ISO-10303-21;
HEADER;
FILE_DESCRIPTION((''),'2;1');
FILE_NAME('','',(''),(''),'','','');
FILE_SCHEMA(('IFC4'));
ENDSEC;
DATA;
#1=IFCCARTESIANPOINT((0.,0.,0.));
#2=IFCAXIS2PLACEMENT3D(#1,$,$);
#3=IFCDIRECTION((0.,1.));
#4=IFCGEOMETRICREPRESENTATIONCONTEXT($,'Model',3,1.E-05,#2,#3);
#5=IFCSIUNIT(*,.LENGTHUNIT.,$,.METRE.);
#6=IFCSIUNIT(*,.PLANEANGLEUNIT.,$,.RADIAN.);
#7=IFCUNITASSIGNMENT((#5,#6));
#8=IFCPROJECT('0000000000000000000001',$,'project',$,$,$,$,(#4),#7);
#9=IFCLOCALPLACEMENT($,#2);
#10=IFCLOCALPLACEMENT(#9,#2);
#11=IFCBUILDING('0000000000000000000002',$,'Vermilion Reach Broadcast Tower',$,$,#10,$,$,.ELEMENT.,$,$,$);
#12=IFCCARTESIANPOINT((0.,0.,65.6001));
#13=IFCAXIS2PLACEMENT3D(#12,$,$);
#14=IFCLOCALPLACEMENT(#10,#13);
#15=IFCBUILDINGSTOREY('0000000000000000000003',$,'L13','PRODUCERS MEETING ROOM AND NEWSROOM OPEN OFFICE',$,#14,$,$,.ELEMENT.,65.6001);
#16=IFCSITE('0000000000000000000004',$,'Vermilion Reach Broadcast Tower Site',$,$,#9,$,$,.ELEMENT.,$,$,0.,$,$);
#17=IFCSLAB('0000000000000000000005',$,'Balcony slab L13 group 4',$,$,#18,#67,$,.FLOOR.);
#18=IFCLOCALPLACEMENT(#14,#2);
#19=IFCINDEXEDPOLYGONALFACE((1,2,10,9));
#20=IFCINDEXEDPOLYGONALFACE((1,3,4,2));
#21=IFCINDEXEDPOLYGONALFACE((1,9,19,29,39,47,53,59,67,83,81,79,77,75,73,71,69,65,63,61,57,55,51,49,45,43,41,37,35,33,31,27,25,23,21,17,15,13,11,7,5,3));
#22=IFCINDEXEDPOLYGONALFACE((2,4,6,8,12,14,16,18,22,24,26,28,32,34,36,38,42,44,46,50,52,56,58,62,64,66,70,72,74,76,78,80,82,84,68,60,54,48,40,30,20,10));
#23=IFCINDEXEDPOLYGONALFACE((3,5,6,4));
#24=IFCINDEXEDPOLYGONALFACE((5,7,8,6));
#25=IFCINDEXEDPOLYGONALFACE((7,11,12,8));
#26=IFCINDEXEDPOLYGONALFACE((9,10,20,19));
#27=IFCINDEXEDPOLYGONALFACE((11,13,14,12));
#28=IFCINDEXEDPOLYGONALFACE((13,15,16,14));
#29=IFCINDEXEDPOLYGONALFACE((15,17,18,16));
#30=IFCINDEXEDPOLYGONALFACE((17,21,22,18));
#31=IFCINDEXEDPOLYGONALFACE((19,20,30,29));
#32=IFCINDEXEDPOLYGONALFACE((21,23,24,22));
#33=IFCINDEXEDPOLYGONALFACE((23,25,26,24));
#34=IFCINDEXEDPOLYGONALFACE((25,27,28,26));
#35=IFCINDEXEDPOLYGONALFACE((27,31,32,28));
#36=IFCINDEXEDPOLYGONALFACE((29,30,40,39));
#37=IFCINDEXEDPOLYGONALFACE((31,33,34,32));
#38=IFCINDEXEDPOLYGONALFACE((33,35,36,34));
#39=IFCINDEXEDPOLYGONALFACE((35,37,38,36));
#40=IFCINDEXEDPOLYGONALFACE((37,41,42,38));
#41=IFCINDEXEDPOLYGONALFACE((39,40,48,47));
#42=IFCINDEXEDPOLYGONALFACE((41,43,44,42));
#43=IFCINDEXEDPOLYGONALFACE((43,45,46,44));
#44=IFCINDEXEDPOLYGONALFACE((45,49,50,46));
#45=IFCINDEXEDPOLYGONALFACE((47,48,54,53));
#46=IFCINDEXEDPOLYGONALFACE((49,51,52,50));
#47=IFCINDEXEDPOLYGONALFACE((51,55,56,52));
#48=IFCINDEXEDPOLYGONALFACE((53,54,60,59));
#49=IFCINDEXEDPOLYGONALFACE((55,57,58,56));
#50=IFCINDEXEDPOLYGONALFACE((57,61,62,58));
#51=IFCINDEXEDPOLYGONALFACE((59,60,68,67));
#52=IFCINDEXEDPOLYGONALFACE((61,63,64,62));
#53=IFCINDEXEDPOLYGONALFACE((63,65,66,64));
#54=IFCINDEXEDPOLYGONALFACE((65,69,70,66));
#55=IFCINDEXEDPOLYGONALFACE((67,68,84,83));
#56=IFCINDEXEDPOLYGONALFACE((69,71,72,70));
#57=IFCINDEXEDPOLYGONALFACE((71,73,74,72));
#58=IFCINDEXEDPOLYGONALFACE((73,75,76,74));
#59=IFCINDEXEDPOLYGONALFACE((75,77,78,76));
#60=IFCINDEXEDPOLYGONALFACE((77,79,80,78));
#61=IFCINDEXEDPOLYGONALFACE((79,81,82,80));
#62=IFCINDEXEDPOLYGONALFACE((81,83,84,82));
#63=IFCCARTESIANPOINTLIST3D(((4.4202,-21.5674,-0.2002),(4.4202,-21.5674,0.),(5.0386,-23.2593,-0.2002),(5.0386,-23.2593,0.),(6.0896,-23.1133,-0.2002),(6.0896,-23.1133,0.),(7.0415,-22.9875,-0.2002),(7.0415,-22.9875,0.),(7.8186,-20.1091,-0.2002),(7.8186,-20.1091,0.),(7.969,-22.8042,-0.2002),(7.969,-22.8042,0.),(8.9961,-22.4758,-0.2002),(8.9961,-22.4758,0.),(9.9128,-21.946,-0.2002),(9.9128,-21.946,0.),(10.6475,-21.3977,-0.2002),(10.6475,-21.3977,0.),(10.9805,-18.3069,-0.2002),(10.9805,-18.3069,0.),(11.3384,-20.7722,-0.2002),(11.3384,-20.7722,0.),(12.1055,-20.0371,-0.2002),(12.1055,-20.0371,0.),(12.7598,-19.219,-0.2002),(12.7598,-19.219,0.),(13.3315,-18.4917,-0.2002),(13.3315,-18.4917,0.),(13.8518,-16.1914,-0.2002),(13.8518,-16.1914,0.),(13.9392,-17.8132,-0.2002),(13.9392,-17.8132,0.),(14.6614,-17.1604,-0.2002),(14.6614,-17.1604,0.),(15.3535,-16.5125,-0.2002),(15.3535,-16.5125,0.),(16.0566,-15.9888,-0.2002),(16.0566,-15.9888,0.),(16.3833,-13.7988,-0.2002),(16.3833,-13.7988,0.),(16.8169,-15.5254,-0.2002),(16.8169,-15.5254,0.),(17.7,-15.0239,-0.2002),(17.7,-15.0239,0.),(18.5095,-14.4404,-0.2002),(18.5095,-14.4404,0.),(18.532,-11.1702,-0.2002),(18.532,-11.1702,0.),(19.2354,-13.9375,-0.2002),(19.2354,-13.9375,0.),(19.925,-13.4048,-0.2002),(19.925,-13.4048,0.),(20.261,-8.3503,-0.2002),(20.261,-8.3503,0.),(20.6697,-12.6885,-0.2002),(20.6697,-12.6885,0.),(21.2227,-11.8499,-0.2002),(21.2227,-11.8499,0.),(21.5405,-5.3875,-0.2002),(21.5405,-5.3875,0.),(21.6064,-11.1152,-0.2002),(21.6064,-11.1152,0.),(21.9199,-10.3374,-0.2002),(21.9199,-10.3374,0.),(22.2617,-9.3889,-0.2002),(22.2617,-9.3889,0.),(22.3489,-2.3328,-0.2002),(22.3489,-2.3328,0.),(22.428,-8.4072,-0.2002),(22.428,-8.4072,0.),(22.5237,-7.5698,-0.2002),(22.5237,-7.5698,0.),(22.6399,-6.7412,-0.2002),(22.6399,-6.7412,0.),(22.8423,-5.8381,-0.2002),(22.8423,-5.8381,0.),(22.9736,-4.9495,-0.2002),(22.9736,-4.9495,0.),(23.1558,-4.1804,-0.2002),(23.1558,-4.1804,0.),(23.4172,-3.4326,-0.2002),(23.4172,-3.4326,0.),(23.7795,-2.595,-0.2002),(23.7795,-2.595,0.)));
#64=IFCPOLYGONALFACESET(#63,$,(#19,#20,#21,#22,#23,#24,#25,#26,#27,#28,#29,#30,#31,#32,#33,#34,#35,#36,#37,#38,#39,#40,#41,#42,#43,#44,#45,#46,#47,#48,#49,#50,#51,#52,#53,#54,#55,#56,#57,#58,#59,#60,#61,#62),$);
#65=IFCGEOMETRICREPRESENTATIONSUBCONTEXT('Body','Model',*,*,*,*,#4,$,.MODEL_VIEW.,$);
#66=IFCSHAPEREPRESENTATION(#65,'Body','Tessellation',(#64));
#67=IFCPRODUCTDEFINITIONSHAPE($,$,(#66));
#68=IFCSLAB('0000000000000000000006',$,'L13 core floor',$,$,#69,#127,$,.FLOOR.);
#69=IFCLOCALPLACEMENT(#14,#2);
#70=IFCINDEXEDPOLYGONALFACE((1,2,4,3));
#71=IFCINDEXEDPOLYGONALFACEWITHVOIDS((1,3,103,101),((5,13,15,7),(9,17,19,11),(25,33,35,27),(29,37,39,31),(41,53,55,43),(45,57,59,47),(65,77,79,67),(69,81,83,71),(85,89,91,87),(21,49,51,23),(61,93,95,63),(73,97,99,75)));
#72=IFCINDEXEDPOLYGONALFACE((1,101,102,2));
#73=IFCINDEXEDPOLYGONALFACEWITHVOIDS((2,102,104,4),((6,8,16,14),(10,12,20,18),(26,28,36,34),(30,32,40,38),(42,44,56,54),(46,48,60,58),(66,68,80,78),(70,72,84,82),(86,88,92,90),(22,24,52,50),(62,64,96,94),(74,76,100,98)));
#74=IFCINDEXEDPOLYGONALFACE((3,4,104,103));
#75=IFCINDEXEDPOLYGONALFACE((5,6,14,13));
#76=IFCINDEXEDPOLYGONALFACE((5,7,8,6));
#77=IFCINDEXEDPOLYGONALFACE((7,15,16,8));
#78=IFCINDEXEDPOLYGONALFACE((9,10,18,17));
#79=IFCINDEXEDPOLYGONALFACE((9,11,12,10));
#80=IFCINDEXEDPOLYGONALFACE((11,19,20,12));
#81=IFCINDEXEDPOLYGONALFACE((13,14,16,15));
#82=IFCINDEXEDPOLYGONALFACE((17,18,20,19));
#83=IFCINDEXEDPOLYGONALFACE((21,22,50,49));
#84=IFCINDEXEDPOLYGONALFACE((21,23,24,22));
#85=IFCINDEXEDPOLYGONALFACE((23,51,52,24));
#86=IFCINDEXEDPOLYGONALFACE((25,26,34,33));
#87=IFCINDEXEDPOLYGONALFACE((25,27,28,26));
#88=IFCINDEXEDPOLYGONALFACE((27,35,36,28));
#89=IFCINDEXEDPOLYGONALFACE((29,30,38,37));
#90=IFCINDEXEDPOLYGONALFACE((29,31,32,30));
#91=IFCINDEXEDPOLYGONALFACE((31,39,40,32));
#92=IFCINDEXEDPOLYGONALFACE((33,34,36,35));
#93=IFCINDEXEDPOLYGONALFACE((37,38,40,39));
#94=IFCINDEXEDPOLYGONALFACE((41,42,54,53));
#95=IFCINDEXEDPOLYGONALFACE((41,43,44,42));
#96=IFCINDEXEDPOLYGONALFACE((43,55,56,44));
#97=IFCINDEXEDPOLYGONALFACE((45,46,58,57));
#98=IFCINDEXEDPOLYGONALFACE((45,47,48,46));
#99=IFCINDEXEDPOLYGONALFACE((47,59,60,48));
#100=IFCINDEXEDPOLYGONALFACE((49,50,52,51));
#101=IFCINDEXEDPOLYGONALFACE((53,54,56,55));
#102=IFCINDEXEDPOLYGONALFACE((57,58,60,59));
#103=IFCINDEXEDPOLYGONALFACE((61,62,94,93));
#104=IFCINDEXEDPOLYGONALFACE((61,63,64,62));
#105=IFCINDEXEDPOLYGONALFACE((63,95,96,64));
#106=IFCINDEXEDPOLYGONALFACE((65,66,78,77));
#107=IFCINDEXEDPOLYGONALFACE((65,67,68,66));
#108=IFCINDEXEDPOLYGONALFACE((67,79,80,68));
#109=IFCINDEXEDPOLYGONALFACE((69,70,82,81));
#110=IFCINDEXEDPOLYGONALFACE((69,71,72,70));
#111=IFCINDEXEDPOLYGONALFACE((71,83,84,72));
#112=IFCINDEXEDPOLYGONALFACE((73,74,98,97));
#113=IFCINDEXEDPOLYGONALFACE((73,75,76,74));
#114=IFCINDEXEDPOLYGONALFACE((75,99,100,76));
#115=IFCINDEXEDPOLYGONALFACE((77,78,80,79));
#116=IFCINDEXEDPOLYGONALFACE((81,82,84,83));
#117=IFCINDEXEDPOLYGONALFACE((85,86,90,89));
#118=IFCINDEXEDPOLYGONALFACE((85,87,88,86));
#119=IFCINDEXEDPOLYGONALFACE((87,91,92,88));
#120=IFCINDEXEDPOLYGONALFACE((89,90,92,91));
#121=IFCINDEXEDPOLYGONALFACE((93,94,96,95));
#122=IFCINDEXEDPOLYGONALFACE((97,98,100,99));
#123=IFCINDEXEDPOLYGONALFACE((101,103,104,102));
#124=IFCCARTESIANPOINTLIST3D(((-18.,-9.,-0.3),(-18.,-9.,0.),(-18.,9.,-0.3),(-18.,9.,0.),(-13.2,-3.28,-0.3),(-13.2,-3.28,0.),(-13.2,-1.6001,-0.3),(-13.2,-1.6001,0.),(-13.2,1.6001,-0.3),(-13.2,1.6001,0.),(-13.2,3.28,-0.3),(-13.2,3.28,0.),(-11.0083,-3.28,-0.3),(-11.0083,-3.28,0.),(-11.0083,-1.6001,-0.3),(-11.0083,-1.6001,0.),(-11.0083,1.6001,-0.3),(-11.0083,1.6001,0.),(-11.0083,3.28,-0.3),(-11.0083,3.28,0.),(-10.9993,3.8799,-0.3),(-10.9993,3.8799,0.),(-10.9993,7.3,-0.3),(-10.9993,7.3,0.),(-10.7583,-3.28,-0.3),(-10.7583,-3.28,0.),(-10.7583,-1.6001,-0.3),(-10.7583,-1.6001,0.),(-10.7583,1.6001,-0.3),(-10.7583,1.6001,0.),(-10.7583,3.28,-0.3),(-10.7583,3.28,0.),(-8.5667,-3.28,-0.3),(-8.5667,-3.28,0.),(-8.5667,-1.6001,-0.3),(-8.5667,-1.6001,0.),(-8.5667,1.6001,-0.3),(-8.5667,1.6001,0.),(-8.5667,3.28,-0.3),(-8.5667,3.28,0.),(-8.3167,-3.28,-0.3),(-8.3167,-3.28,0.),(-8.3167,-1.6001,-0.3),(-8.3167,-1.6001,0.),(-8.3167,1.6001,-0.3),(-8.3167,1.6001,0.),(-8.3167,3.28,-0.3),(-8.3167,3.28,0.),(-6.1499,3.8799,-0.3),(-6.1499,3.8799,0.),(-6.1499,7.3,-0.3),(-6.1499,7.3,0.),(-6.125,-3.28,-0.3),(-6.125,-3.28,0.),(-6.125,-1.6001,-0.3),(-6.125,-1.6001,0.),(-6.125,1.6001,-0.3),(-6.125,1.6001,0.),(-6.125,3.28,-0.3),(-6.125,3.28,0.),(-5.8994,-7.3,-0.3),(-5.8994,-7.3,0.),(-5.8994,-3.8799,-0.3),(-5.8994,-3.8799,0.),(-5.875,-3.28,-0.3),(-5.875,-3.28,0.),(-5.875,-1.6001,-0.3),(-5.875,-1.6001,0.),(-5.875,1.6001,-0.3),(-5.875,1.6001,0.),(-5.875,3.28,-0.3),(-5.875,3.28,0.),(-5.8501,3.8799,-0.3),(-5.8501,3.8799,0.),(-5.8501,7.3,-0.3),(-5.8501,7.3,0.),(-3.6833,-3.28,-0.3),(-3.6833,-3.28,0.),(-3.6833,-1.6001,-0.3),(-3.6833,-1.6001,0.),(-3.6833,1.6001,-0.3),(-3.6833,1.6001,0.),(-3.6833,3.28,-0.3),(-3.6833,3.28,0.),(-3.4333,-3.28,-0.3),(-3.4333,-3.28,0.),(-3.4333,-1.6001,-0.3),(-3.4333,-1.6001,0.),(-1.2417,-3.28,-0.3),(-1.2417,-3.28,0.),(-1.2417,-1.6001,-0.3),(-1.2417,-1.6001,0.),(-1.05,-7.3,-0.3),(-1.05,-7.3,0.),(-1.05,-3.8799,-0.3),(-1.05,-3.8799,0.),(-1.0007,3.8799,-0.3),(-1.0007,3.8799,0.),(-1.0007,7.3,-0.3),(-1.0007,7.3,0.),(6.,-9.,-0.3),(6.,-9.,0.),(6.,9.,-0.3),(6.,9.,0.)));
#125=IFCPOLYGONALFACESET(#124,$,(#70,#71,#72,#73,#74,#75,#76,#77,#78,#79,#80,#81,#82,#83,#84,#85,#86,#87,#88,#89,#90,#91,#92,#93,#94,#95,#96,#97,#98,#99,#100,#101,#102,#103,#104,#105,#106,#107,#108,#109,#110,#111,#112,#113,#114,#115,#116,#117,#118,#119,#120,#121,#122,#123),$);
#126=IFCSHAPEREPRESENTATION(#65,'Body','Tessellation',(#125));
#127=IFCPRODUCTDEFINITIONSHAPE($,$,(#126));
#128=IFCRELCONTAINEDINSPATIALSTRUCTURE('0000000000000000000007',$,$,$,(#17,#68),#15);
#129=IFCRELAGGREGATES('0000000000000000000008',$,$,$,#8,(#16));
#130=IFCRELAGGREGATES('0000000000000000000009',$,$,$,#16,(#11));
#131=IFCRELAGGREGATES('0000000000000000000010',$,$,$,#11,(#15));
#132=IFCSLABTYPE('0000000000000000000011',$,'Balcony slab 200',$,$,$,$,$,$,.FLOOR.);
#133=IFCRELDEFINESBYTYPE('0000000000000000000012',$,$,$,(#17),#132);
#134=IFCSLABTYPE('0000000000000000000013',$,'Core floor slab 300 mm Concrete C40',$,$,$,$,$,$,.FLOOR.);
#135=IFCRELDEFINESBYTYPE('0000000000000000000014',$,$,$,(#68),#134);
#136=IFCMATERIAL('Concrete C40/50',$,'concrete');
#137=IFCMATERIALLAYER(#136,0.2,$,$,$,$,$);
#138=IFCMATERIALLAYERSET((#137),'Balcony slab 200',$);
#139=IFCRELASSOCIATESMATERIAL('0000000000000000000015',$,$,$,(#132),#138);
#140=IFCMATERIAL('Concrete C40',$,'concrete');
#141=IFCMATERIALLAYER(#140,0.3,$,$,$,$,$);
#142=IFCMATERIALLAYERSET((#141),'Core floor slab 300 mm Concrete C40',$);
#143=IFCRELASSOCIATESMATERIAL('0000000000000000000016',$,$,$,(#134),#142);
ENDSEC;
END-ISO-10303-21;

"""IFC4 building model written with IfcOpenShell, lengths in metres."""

from ifc_helpers import new_model, si_unit, direction, frame, origin, place, context, subcontext, project, spatial, polyline, outline, extrude, material, layer, layer_set, type_object, element, save


model = new_model("IFC4")

# Units and contexts
model_context = context("Model", 3, precision=1e-05, world=origin(), true_north=direction((0.0, 1.0)))
body_context = subcontext(model_context, "Body", "Model", "MODEL_VIEW")
ifc_project = project(units=[si_unit("LENGTHUNIT", "METRE"), si_unit("PLANEANGLEUNIT", "RADIAN")], contexts=[model_context])

# Site, building, storey
site_placement = place(None, origin())
site = spatial("IfcSite", under=ifc_project, at=site_placement, Name="Vermilion Reach Broadcast Tower Site", CompositionType="ELEMENT", RefElevation=0.0)
building_placement = place(site_placement, origin())
building = spatial("IfcBuilding", under=site, at=building_placement, Name="Vermilion Reach Broadcast Tower", CompositionType="ELEMENT")
storey_placement = place(building_placement, frame((0.0, 0.0, 65.6001)))
storey = spatial("IfcBuildingStorey", under=building, at=storey_placement, Name="L13", Description="PRODUCERS MEETING ROOM AND NEWSROOM OPEN OFFICE", CompositionType="ELEMENT", Elevation=65.6001)

# Slabs
ifc_material_1 = material(Name="Concrete C40/50", Category="concrete")
ifc_layer_1 = layer(ifc_material_1, 0.2)
ifc_layer_set_1 = layer_set([ifc_layer_1], Name="Balcony slab 200")
slab_type_1 = type_object("IfcSlabType", Name="Balcony slab 200", PredefinedType="FLOOR", material=ifc_layer_set_1)
placement_1 = place(storey_placement, frame((0.0, 0.0, -0.2002)))
element("IfcSlab", 1, at=placement_1, inside=storey, type_object=slab_type_1, Name="Balcony slab L13 group 4", PredefinedType="FLOOR", context=body_context, shape_type="SweptSolid", body=[
    extrude(outline(polyline([(4.4202, -21.5674), (7.8186, -20.1091), (10.9805, -18.3069), (13.8518, -16.1914), (16.3833, -13.7988), (18.532, -11.1702), (20.261, -8.3503), (21.5405, -5.3875), (22.3489, -2.3328), (23.7795, -2.595), (23.4172, -3.4326), (23.1558, -4.1804), (22.9736, -4.9495), (22.8423, -5.8381), (22.6399, -6.7412), (22.5237, -7.5698), (22.428, -8.4072), (22.2617, -9.3889), (21.9199, -10.3374), (21.6064, -11.1152), (21.2227, -11.8499), (20.6697, -12.6885), (19.925, -13.4048), (19.2354, -13.9375), (18.5095, -14.4404), (17.7, -15.0239), (16.8169, -15.5254), (16.0566, -15.9888), (15.3535, -16.5125), (14.6614, -17.1604), (13.9392, -17.8132), (13.3315, -18.4917), (12.7598, -19.219), (12.1055, -20.0371), (11.3384, -20.7722), (10.6475, -21.3977), (9.9128, -21.946), (8.9961, -22.4758), (7.969, -22.8042), (7.0415, -22.9875), (6.0896, -23.1133), (5.0386, -23.2593), (4.4202, -21.5674)])), origin(), (0.0, 0.0, 1.0), 0.2002),
])
ifc_material_2 = material(Name="Concrete C40", Category="concrete")
ifc_layer_2 = layer(ifc_material_2, 0.3)
ifc_layer_set_2 = layer_set([ifc_layer_2], Name="Core floor slab 300 mm Concrete C40")
slab_type_2 = type_object("IfcSlabType", Name="Core floor slab 300 mm Concrete C40", PredefinedType="FLOOR", material=ifc_layer_set_2)
slab_1_placement = place(storey_placement, frame((0.0, 0.0, -0.3)))
element("IfcSlab", 2, at=slab_1_placement, inside=storey, type_object=slab_type_2, Name="L13 core floor", PredefinedType="FLOOR", context=body_context, shape_type="SweptSolid", body=[
    extrude(outline(polyline([(-18.0, -9.0), (6.0, -9.0), (6.0, 9.0), (-18.0, 9.0), (-18.0, -9.0)]), holes=[polyline([(-13.2, 1.6001), (-11.0083, 1.6001), (-11.0083, 3.28), (-13.2, 3.28), (-13.2, 1.6001)]), polyline([(-10.7583, 1.6001), (-8.5667, 1.6001), (-8.5667, 3.28), (-10.7583, 3.28), (-10.7583, 1.6001)]), polyline([(-8.3167, 1.6001), (-6.125, 1.6001), (-6.125, 3.28), (-8.3167, 3.28), (-8.3167, 1.6001)]), polyline([(-5.875, 1.6001), (-3.6833, 1.6001), (-3.6833, 3.28), (-5.875, 3.28), (-5.875, 1.6001)]), polyline([(-13.2, -3.28), (-11.0083, -3.28), (-11.0083, -1.6001), (-13.2, -1.6001), (-13.2, -3.28)]), polyline([(-10.7583, -3.28), (-8.5667, -3.28), (-8.5667, -1.6001), (-10.7583, -1.6001), (-10.7583, -3.28)]), polyline([(-8.3167, -3.28), (-6.125, -3.28), (-6.125, -1.6001), (-8.3167, -1.6001), (-8.3167, -3.28)]), polyline([(-5.875, -3.28), (-3.6833, -3.28), (-3.6833, -1.6001), (-5.875, -1.6001), (-5.875, -3.28)]), polyline([(-3.4333, -3.28), (-1.2417, -3.28), (-1.2417, -1.6001), (-3.4333, -1.6001), (-3.4333, -3.28)]), polyline([(-10.9993, 3.8799), (-6.1499, 3.8799), (-6.1499, 7.3), (-10.9993, 7.3), (-10.9993, 3.8799)]), polyline([(-1.0007, 7.3), (-5.8501, 7.3), (-5.8501, 3.8799), (-1.0007, 3.8799), (-1.0007, 7.3)]), polyline([(-5.8994, -7.3), (-1.05, -7.3), (-1.05, -3.8799), (-5.8994, -3.8799), (-5.8994, -7.3)])]), origin(), (0.0, 0.0, 1.0), 0.3),
])

save(model, "model.ifc")
